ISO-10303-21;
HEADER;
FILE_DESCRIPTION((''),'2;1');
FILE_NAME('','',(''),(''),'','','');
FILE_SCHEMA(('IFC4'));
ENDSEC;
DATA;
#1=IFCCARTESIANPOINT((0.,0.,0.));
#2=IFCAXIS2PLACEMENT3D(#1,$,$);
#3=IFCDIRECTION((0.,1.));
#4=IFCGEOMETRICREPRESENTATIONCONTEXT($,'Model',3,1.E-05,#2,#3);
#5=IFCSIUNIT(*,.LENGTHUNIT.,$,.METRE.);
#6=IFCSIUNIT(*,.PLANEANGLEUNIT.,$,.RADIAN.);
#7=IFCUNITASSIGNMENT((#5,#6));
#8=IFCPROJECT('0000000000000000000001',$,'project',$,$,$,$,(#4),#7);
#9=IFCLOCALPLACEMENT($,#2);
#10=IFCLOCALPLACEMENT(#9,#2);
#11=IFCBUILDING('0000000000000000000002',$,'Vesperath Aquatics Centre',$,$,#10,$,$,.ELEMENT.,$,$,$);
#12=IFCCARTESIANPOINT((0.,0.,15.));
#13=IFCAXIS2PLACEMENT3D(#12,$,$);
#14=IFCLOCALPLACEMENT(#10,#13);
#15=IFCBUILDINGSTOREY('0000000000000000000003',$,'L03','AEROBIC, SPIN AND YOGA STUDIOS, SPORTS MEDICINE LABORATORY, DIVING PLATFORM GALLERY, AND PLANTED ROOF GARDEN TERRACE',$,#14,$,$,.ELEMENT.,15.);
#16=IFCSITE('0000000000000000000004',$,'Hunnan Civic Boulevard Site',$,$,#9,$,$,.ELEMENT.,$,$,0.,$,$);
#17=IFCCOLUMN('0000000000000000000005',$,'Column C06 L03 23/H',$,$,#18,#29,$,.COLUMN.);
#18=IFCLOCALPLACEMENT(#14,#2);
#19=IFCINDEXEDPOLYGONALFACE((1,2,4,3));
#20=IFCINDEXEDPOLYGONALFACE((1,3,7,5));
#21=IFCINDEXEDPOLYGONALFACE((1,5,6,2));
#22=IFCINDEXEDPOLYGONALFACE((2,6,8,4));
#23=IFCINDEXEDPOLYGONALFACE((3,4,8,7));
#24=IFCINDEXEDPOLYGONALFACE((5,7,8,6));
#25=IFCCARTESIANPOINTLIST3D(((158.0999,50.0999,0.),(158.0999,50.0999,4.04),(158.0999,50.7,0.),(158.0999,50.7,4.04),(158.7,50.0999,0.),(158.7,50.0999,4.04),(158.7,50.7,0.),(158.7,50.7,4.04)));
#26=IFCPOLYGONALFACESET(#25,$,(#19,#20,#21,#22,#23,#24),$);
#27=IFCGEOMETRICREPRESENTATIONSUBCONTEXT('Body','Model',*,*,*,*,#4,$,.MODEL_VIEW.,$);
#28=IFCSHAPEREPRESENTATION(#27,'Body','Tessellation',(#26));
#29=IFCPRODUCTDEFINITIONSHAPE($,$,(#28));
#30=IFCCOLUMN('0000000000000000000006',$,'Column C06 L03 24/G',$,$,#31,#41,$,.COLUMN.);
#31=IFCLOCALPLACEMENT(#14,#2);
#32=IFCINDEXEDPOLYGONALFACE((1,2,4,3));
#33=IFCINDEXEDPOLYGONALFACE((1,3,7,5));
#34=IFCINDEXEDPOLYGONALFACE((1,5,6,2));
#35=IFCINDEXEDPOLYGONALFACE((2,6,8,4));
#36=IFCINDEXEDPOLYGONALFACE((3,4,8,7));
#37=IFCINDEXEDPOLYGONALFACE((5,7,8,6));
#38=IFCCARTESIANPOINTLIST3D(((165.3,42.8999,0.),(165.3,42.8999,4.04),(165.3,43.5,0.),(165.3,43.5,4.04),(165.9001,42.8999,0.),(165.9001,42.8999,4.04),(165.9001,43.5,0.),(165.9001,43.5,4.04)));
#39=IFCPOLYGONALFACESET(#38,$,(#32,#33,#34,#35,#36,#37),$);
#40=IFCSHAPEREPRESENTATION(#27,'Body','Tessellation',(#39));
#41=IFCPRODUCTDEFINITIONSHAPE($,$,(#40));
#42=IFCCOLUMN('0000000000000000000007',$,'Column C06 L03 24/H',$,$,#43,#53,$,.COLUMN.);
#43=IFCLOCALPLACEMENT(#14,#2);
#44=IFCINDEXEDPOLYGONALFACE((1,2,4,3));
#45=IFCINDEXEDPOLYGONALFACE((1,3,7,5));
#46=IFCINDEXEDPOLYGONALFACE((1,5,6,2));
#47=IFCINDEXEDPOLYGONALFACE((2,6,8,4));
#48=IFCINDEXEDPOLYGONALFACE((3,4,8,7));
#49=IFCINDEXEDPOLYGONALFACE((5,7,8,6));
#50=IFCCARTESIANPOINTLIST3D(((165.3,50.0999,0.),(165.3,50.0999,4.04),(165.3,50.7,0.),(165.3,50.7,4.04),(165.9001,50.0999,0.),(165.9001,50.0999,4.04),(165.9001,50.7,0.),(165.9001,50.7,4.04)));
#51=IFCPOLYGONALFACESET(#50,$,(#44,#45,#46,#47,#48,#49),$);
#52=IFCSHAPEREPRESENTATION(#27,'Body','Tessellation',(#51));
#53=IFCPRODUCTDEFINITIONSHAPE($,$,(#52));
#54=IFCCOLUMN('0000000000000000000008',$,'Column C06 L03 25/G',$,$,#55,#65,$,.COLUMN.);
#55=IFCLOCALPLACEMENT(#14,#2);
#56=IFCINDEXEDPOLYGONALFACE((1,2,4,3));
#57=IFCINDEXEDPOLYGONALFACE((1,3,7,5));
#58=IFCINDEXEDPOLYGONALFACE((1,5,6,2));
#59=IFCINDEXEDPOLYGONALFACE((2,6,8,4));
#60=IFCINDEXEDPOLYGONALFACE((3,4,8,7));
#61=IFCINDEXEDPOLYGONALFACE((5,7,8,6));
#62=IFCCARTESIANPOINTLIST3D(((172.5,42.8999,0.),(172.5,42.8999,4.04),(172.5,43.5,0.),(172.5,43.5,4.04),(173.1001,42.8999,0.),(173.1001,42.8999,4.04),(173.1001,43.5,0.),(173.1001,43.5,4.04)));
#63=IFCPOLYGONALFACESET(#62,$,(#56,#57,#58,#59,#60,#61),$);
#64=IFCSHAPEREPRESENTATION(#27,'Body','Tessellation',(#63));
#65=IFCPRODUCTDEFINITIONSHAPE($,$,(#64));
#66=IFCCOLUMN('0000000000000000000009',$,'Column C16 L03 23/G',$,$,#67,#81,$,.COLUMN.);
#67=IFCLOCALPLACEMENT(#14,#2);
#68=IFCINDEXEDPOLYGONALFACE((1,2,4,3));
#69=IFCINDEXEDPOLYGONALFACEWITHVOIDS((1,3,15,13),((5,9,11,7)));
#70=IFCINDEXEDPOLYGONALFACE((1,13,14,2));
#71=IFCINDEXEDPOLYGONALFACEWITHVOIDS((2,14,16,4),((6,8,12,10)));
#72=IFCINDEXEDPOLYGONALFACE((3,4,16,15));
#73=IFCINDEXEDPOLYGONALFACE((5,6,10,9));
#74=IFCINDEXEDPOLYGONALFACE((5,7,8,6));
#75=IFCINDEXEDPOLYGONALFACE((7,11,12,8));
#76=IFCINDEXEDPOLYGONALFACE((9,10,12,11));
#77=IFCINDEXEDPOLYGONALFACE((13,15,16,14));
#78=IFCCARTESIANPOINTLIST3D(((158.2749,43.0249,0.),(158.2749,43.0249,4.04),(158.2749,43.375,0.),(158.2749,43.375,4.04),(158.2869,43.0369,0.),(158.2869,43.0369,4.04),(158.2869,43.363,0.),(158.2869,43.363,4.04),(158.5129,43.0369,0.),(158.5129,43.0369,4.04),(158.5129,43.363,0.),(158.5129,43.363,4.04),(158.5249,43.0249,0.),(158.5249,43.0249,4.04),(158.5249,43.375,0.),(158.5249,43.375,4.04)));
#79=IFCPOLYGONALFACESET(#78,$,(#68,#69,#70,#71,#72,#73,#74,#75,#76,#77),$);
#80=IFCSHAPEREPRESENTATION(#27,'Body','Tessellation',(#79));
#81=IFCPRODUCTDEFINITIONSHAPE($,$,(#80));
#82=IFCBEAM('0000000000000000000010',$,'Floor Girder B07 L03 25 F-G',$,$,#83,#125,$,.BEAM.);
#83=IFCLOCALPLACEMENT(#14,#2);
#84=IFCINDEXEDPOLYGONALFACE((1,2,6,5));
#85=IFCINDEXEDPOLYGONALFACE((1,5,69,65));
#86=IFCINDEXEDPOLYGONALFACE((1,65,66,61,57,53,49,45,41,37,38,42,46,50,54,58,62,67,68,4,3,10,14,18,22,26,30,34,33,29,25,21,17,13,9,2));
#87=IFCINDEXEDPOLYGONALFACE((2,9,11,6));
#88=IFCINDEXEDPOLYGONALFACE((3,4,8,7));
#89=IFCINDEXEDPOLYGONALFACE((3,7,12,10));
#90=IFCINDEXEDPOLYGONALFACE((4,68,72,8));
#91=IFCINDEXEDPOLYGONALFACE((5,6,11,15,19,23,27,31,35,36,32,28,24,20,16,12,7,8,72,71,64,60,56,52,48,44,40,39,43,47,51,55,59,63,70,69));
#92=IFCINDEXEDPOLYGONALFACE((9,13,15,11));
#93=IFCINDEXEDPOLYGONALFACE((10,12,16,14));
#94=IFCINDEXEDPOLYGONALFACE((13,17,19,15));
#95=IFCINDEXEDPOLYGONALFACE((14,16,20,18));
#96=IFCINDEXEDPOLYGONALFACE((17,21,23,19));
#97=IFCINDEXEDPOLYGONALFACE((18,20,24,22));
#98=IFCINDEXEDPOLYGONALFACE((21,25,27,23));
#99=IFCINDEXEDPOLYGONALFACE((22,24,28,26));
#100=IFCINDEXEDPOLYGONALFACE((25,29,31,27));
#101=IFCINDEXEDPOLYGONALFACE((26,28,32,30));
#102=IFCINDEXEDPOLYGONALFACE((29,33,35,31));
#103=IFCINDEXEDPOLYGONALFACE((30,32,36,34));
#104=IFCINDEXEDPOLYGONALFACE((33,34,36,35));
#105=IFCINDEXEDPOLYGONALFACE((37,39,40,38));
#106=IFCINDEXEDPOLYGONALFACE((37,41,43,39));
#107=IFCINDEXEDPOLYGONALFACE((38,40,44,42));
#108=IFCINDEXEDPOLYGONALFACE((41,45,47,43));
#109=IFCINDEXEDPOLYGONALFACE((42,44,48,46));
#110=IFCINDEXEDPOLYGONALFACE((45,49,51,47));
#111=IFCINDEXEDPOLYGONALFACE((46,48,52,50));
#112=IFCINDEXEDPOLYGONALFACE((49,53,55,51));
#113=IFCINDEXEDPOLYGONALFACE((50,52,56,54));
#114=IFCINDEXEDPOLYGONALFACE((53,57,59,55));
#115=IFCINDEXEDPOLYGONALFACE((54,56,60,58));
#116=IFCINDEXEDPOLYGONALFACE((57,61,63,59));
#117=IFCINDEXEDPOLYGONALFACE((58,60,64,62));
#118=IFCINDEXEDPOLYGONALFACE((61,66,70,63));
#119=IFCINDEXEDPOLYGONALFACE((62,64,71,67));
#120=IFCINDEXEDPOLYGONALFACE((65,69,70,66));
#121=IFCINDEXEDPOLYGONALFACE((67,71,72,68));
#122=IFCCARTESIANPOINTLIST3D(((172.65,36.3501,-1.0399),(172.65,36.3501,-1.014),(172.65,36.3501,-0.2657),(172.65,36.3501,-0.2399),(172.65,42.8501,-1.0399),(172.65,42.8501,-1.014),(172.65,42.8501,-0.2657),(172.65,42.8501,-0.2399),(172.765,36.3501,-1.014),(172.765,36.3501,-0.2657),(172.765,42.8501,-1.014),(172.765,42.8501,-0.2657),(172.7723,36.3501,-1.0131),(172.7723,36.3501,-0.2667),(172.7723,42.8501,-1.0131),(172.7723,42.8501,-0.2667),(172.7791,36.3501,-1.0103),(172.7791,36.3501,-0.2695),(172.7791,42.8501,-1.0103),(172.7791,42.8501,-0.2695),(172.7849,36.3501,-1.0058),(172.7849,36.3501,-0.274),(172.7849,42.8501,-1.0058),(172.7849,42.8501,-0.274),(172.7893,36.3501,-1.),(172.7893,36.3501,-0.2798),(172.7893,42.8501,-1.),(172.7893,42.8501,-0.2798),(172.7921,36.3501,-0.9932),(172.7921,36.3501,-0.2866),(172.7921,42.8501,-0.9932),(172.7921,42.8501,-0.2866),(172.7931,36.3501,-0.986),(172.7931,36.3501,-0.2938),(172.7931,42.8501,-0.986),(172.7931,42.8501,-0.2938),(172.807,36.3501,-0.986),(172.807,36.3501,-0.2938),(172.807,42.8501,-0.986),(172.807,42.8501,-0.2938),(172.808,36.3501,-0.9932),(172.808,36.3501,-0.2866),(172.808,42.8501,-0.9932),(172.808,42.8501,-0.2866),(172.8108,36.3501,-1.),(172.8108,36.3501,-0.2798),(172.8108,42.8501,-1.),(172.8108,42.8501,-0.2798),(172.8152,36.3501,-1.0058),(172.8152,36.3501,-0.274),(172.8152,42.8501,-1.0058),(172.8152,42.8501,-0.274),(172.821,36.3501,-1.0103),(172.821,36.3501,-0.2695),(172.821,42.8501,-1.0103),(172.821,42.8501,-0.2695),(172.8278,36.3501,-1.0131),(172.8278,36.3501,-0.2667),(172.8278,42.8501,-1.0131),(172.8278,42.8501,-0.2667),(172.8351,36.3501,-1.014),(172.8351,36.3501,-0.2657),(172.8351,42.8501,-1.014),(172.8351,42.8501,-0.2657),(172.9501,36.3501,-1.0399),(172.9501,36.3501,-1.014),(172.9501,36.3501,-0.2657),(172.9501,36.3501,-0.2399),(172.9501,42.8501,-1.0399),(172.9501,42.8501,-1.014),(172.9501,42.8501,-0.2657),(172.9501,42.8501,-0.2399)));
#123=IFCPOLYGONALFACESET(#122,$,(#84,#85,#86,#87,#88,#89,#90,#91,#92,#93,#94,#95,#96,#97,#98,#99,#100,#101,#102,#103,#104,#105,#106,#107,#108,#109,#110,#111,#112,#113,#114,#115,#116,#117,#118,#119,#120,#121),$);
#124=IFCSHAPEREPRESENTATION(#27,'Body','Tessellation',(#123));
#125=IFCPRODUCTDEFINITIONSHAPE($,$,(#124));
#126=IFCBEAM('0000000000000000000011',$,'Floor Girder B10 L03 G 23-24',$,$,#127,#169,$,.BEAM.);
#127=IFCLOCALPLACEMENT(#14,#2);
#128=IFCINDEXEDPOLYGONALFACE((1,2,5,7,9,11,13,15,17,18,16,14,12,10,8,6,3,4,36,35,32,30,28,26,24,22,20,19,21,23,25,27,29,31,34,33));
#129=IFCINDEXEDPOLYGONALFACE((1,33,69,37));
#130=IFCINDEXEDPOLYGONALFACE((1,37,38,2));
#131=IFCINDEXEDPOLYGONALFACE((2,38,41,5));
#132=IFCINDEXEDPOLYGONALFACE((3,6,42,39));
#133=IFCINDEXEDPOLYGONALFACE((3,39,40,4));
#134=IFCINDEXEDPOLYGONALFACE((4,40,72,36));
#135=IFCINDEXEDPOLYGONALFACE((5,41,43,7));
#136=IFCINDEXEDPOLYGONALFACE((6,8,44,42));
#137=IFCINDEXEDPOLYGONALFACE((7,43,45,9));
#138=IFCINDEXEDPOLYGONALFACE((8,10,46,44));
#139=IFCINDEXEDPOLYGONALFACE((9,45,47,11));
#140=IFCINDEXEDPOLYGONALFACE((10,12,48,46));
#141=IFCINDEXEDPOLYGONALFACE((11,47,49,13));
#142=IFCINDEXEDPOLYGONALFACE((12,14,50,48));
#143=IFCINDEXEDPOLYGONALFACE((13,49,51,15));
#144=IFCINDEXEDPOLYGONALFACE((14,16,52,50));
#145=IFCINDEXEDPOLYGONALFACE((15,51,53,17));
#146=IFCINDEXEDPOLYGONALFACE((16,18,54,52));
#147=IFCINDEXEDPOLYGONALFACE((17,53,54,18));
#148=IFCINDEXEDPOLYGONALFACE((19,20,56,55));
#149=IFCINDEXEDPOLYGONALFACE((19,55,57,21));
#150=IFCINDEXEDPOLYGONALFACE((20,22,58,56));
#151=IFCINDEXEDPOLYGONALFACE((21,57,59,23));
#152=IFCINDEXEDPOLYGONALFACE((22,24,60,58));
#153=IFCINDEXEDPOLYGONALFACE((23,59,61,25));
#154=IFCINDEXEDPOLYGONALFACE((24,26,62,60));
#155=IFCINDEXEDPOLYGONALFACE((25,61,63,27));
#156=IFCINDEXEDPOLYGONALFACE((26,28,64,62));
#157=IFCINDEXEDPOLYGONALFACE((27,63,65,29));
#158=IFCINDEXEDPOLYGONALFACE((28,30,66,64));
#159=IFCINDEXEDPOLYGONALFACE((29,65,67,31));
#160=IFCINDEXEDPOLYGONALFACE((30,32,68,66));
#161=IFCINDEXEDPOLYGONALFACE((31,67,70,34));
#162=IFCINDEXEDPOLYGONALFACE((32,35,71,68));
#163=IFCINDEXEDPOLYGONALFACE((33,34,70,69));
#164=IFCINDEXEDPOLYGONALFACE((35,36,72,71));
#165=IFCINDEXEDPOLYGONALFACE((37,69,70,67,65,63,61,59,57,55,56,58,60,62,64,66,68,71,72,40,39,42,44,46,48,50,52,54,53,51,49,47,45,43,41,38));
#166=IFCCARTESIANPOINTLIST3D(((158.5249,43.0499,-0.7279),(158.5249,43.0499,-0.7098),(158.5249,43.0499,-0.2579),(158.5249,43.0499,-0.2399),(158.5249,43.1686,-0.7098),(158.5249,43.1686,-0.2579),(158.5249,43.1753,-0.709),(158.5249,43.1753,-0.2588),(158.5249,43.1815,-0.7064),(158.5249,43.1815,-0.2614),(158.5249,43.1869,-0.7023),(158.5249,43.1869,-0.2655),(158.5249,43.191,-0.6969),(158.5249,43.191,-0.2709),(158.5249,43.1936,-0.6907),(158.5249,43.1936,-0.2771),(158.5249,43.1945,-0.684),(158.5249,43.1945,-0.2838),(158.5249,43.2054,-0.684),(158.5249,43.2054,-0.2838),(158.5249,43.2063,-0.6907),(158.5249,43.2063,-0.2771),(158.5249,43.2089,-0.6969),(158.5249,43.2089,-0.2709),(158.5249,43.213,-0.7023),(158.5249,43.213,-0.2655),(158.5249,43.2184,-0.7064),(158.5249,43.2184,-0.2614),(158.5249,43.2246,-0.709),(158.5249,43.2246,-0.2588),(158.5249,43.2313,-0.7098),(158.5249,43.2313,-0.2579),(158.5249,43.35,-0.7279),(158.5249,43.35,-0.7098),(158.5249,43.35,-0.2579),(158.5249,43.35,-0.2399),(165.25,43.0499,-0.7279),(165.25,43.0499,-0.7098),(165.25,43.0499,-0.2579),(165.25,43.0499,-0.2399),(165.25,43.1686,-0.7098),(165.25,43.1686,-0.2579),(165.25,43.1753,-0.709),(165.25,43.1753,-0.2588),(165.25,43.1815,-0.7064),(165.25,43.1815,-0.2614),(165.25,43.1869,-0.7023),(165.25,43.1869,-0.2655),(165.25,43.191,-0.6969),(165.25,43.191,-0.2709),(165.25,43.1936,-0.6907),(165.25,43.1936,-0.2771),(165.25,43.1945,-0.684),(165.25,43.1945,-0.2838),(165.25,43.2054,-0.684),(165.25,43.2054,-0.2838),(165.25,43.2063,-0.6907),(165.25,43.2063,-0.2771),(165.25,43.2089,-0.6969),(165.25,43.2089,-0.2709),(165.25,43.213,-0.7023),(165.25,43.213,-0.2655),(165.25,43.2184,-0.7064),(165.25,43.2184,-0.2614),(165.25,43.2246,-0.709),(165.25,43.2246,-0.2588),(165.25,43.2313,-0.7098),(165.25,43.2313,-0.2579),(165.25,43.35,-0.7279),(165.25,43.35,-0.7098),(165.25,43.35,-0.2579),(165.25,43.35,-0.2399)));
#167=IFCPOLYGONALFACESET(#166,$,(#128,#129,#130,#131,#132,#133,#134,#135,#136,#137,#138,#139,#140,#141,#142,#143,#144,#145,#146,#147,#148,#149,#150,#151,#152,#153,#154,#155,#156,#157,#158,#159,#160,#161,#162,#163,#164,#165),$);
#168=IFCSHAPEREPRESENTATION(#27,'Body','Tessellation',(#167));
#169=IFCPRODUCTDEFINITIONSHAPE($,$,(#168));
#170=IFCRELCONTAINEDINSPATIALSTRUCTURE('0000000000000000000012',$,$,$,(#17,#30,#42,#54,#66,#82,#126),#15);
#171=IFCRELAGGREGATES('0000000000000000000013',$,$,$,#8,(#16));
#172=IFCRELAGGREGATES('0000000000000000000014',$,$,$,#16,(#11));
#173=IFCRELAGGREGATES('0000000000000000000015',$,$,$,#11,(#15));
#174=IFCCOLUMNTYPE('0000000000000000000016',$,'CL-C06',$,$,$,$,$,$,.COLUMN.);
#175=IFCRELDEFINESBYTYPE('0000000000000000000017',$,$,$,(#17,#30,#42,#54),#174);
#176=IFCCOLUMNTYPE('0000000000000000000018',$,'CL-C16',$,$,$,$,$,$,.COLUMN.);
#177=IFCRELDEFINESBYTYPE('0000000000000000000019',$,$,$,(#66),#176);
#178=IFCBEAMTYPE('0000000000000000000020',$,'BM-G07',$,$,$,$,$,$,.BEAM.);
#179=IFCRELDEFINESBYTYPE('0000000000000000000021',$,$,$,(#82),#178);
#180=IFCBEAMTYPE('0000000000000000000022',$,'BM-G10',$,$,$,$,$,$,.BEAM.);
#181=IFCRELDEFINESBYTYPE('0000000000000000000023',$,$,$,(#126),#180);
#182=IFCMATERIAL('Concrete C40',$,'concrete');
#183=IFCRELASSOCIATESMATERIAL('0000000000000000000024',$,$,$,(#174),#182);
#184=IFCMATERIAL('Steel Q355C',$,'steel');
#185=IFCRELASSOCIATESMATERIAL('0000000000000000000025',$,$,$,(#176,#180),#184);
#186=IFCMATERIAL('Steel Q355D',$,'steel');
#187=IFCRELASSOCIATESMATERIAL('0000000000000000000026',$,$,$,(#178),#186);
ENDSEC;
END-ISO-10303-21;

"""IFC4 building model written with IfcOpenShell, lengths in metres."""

from ifc_helpers import new_model, si_unit, direction, frame, origin, origin_2d, place, context, subcontext, project, spatial, rectangle, hollow_rectangle, i_section, extrude, material, material_profile, profile_set, type_object, element, save


model = new_model("IFC4")

# Units and contexts
model_context = context("Model", 3, precision=1e-05, world=origin(), true_north=direction((0.0, 1.0)))
body_context = subcontext(model_context, "Body", "Model", "MODEL_VIEW")
ifc_project = project(units=[si_unit("LENGTHUNIT", "METRE"), si_unit("PLANEANGLEUNIT", "RADIAN")], contexts=[model_context])

# Site, building, storey
site_placement = place(None, origin())
site = spatial("IfcSite", under=ifc_project, at=site_placement, Name="Hunnan Civic Boulevard Site", CompositionType="ELEMENT", RefElevation=0.0)
building_placement = place(site_placement, origin())
building = spatial("IfcBuilding", under=site, at=building_placement, Name="Vesperath Aquatics Centre", CompositionType="ELEMENT")
storey_placement = place(building_placement, frame((0.0, 0.0, 15.0)))
storey = spatial("IfcBuildingStorey", under=building, at=storey_placement, Name="L03", Description="AEROBIC, SPIN AND YOGA STUDIOS, SPORTS MEDICINE LABORATORY, DIVING PLATFORM GALLERY, AND PLANTED ROOF GARDEN TERRACE", CompositionType="ELEMENT", Elevation=15.0)

# Columns
ifc_material_1 = material(Name="Concrete C40", Category="concrete")
ifc_material_profile_1 = material_profile(ifc_material_1, rectangle(XDim=0.6001, YDim=0.6001, at=origin_2d()), Name="RC 600x600")
ifc_profile_set_1 = profile_set([ifc_material_profile_1], Name="Concrete C40")
column_type_1 = type_object("IfcColumnType", Name="CL-C06", PredefinedType="COLUMN", material=ifc_profile_set_1)
for number, where, z_axis, x_axis, name in (
    (1, (158.3999, 50.3999, 0.0), (0.0, 0.0, 1.0), (1.0, 0.0, 0.0), "Column C06 L03 23/H"),
    (2, (165.6001, 43.2, 0.0), (0.0, 0.0, 1.0), (1.0, 0.0, 0.0), "Column C06 L03 24/G"),
    (3, (165.6001, 50.3999, 0.0), (0.0, 0.0, 1.0), (1.0, 0.0, 0.0), "Column C06 L03 24/H"),
    (4, (172.8, 43.2, 0.0), (0.0, 0.0, 1.0), (1.0, 0.0, 0.0), "Column C06 L03 25/G"),
):
    element("IfcColumn", number, at=place(storey_placement, frame(where, z_axis=z_axis, x_axis=x_axis)), inside=storey, type_object=column_type_1, Name=name, PredefinedType="COLUMN", context=body_context, shape_type="SweptSolid", body=[
        extrude(rectangle(XDim=0.6001, YDim=0.6001, at=origin_2d()), origin(), (0.0, 0.0, 1.0), 4.04),
    ])
ifc_material_2 = material(Name="Steel Q355C", Category="steel")
ifc_material_profile_2 = material_profile(ifc_material_2, hollow_rectangle(XDim=0.25, YDim=0.3501, WallThickness=0.012, at=origin_2d()), Name="RHS 350x250x12")
ifc_profile_set_2 = profile_set([ifc_material_profile_2], Name="Steel Q355C")
column_type_2 = type_object("IfcColumnType", Name="CL-C16", PredefinedType="COLUMN", material=ifc_profile_set_2)
column_placement = place(storey_placement, frame((158.3999, 43.2, 0.0), z_axis=(0.0, 0.0, 1.0), x_axis=(1.0, 0.0, 0.0)))
element("IfcColumn", 5, at=column_placement, inside=storey, type_object=column_type_2, Name="Column C16 L03 23/G", PredefinedType="COLUMN", context=body_context, shape_type="SweptSolid", body=[
    extrude(hollow_rectangle(XDim=0.25, YDim=0.3501, WallThickness=0.012, at=origin_2d()), origin(), (0.0, 0.0, 1.0), 4.04),
])

# Beams
ifc_material_3 = material(Name="Steel Q355D", Category="steel")
ifc_material_profile_3 = material_profile(ifc_material_3, i_section(OverallWidth=0.3, OverallDepth=0.8, WebThickness=0.0139, FlangeThickness=0.0259, FilletRadius=0.0281, at=origin_2d()), Name="HN 800x300x14x26")
ifc_profile_set_3 = profile_set([ifc_material_profile_3], Name="Steel Q355D")
beam_type_1 = type_object("IfcBeamType", Name="BM-G07", PredefinedType="BEAM", material=ifc_profile_set_3)
beam_1_placement = place(storey_placement, frame((172.8, 36.3501, -0.6399), z_axis=(0.0, 1.0, 0.0), x_axis=(-1.0, 0.0, 0.0)))
element("IfcBeam", 6, at=beam_1_placement, inside=storey, type_object=beam_type_1, Name="Floor Girder B07 L03 25 F-G", PredefinedType="BEAM", context=body_context, shape_type="SweptSolid", body=[
    extrude(i_section(OverallWidth=0.3, OverallDepth=0.8, WebThickness=0.0139, FlangeThickness=0.0259, FilletRadius=0.0281, at=origin_2d()), origin(), (0.0, 0.0, 1.0), 6.5),
])
ifc_material_profile_4 = material_profile(ifc_material_2, i_section(OverallWidth=0.3, OverallDepth=0.488, WebThickness=0.011, FlangeThickness=0.0181, FilletRadius=0.0259, at=origin_2d()), Name="HM 488x300x11x18")
ifc_profile_set_4 = profile_set([ifc_material_profile_4], Name="Steel Q355C")
beam_type_2 = type_object("IfcBeamType", Name="BM-G10", PredefinedType="BEAM", material=ifc_profile_set_4)
beam_2_placement = place(storey_placement, frame((158.5249, 43.2, -0.4839), z_axis=(1.0, 0.0, 0.0), x_axis=(0.0, 1.0, 0.0)))
element("IfcBeam", 7, at=beam_2_placement, inside=storey, type_object=beam_type_2, Name="Floor Girder B10 L03 G 23-24", PredefinedType="BEAM", context=body_context, shape_type="SweptSolid", body=[
    extrude(i_section(OverallWidth=0.3, OverallDepth=0.488, WebThickness=0.011, FlangeThickness=0.0181, FilletRadius=0.0259, at=origin_2d()), origin(), (0.0, 0.0, 1.0), 6.7251),
])

save(model, "model.ifc")
